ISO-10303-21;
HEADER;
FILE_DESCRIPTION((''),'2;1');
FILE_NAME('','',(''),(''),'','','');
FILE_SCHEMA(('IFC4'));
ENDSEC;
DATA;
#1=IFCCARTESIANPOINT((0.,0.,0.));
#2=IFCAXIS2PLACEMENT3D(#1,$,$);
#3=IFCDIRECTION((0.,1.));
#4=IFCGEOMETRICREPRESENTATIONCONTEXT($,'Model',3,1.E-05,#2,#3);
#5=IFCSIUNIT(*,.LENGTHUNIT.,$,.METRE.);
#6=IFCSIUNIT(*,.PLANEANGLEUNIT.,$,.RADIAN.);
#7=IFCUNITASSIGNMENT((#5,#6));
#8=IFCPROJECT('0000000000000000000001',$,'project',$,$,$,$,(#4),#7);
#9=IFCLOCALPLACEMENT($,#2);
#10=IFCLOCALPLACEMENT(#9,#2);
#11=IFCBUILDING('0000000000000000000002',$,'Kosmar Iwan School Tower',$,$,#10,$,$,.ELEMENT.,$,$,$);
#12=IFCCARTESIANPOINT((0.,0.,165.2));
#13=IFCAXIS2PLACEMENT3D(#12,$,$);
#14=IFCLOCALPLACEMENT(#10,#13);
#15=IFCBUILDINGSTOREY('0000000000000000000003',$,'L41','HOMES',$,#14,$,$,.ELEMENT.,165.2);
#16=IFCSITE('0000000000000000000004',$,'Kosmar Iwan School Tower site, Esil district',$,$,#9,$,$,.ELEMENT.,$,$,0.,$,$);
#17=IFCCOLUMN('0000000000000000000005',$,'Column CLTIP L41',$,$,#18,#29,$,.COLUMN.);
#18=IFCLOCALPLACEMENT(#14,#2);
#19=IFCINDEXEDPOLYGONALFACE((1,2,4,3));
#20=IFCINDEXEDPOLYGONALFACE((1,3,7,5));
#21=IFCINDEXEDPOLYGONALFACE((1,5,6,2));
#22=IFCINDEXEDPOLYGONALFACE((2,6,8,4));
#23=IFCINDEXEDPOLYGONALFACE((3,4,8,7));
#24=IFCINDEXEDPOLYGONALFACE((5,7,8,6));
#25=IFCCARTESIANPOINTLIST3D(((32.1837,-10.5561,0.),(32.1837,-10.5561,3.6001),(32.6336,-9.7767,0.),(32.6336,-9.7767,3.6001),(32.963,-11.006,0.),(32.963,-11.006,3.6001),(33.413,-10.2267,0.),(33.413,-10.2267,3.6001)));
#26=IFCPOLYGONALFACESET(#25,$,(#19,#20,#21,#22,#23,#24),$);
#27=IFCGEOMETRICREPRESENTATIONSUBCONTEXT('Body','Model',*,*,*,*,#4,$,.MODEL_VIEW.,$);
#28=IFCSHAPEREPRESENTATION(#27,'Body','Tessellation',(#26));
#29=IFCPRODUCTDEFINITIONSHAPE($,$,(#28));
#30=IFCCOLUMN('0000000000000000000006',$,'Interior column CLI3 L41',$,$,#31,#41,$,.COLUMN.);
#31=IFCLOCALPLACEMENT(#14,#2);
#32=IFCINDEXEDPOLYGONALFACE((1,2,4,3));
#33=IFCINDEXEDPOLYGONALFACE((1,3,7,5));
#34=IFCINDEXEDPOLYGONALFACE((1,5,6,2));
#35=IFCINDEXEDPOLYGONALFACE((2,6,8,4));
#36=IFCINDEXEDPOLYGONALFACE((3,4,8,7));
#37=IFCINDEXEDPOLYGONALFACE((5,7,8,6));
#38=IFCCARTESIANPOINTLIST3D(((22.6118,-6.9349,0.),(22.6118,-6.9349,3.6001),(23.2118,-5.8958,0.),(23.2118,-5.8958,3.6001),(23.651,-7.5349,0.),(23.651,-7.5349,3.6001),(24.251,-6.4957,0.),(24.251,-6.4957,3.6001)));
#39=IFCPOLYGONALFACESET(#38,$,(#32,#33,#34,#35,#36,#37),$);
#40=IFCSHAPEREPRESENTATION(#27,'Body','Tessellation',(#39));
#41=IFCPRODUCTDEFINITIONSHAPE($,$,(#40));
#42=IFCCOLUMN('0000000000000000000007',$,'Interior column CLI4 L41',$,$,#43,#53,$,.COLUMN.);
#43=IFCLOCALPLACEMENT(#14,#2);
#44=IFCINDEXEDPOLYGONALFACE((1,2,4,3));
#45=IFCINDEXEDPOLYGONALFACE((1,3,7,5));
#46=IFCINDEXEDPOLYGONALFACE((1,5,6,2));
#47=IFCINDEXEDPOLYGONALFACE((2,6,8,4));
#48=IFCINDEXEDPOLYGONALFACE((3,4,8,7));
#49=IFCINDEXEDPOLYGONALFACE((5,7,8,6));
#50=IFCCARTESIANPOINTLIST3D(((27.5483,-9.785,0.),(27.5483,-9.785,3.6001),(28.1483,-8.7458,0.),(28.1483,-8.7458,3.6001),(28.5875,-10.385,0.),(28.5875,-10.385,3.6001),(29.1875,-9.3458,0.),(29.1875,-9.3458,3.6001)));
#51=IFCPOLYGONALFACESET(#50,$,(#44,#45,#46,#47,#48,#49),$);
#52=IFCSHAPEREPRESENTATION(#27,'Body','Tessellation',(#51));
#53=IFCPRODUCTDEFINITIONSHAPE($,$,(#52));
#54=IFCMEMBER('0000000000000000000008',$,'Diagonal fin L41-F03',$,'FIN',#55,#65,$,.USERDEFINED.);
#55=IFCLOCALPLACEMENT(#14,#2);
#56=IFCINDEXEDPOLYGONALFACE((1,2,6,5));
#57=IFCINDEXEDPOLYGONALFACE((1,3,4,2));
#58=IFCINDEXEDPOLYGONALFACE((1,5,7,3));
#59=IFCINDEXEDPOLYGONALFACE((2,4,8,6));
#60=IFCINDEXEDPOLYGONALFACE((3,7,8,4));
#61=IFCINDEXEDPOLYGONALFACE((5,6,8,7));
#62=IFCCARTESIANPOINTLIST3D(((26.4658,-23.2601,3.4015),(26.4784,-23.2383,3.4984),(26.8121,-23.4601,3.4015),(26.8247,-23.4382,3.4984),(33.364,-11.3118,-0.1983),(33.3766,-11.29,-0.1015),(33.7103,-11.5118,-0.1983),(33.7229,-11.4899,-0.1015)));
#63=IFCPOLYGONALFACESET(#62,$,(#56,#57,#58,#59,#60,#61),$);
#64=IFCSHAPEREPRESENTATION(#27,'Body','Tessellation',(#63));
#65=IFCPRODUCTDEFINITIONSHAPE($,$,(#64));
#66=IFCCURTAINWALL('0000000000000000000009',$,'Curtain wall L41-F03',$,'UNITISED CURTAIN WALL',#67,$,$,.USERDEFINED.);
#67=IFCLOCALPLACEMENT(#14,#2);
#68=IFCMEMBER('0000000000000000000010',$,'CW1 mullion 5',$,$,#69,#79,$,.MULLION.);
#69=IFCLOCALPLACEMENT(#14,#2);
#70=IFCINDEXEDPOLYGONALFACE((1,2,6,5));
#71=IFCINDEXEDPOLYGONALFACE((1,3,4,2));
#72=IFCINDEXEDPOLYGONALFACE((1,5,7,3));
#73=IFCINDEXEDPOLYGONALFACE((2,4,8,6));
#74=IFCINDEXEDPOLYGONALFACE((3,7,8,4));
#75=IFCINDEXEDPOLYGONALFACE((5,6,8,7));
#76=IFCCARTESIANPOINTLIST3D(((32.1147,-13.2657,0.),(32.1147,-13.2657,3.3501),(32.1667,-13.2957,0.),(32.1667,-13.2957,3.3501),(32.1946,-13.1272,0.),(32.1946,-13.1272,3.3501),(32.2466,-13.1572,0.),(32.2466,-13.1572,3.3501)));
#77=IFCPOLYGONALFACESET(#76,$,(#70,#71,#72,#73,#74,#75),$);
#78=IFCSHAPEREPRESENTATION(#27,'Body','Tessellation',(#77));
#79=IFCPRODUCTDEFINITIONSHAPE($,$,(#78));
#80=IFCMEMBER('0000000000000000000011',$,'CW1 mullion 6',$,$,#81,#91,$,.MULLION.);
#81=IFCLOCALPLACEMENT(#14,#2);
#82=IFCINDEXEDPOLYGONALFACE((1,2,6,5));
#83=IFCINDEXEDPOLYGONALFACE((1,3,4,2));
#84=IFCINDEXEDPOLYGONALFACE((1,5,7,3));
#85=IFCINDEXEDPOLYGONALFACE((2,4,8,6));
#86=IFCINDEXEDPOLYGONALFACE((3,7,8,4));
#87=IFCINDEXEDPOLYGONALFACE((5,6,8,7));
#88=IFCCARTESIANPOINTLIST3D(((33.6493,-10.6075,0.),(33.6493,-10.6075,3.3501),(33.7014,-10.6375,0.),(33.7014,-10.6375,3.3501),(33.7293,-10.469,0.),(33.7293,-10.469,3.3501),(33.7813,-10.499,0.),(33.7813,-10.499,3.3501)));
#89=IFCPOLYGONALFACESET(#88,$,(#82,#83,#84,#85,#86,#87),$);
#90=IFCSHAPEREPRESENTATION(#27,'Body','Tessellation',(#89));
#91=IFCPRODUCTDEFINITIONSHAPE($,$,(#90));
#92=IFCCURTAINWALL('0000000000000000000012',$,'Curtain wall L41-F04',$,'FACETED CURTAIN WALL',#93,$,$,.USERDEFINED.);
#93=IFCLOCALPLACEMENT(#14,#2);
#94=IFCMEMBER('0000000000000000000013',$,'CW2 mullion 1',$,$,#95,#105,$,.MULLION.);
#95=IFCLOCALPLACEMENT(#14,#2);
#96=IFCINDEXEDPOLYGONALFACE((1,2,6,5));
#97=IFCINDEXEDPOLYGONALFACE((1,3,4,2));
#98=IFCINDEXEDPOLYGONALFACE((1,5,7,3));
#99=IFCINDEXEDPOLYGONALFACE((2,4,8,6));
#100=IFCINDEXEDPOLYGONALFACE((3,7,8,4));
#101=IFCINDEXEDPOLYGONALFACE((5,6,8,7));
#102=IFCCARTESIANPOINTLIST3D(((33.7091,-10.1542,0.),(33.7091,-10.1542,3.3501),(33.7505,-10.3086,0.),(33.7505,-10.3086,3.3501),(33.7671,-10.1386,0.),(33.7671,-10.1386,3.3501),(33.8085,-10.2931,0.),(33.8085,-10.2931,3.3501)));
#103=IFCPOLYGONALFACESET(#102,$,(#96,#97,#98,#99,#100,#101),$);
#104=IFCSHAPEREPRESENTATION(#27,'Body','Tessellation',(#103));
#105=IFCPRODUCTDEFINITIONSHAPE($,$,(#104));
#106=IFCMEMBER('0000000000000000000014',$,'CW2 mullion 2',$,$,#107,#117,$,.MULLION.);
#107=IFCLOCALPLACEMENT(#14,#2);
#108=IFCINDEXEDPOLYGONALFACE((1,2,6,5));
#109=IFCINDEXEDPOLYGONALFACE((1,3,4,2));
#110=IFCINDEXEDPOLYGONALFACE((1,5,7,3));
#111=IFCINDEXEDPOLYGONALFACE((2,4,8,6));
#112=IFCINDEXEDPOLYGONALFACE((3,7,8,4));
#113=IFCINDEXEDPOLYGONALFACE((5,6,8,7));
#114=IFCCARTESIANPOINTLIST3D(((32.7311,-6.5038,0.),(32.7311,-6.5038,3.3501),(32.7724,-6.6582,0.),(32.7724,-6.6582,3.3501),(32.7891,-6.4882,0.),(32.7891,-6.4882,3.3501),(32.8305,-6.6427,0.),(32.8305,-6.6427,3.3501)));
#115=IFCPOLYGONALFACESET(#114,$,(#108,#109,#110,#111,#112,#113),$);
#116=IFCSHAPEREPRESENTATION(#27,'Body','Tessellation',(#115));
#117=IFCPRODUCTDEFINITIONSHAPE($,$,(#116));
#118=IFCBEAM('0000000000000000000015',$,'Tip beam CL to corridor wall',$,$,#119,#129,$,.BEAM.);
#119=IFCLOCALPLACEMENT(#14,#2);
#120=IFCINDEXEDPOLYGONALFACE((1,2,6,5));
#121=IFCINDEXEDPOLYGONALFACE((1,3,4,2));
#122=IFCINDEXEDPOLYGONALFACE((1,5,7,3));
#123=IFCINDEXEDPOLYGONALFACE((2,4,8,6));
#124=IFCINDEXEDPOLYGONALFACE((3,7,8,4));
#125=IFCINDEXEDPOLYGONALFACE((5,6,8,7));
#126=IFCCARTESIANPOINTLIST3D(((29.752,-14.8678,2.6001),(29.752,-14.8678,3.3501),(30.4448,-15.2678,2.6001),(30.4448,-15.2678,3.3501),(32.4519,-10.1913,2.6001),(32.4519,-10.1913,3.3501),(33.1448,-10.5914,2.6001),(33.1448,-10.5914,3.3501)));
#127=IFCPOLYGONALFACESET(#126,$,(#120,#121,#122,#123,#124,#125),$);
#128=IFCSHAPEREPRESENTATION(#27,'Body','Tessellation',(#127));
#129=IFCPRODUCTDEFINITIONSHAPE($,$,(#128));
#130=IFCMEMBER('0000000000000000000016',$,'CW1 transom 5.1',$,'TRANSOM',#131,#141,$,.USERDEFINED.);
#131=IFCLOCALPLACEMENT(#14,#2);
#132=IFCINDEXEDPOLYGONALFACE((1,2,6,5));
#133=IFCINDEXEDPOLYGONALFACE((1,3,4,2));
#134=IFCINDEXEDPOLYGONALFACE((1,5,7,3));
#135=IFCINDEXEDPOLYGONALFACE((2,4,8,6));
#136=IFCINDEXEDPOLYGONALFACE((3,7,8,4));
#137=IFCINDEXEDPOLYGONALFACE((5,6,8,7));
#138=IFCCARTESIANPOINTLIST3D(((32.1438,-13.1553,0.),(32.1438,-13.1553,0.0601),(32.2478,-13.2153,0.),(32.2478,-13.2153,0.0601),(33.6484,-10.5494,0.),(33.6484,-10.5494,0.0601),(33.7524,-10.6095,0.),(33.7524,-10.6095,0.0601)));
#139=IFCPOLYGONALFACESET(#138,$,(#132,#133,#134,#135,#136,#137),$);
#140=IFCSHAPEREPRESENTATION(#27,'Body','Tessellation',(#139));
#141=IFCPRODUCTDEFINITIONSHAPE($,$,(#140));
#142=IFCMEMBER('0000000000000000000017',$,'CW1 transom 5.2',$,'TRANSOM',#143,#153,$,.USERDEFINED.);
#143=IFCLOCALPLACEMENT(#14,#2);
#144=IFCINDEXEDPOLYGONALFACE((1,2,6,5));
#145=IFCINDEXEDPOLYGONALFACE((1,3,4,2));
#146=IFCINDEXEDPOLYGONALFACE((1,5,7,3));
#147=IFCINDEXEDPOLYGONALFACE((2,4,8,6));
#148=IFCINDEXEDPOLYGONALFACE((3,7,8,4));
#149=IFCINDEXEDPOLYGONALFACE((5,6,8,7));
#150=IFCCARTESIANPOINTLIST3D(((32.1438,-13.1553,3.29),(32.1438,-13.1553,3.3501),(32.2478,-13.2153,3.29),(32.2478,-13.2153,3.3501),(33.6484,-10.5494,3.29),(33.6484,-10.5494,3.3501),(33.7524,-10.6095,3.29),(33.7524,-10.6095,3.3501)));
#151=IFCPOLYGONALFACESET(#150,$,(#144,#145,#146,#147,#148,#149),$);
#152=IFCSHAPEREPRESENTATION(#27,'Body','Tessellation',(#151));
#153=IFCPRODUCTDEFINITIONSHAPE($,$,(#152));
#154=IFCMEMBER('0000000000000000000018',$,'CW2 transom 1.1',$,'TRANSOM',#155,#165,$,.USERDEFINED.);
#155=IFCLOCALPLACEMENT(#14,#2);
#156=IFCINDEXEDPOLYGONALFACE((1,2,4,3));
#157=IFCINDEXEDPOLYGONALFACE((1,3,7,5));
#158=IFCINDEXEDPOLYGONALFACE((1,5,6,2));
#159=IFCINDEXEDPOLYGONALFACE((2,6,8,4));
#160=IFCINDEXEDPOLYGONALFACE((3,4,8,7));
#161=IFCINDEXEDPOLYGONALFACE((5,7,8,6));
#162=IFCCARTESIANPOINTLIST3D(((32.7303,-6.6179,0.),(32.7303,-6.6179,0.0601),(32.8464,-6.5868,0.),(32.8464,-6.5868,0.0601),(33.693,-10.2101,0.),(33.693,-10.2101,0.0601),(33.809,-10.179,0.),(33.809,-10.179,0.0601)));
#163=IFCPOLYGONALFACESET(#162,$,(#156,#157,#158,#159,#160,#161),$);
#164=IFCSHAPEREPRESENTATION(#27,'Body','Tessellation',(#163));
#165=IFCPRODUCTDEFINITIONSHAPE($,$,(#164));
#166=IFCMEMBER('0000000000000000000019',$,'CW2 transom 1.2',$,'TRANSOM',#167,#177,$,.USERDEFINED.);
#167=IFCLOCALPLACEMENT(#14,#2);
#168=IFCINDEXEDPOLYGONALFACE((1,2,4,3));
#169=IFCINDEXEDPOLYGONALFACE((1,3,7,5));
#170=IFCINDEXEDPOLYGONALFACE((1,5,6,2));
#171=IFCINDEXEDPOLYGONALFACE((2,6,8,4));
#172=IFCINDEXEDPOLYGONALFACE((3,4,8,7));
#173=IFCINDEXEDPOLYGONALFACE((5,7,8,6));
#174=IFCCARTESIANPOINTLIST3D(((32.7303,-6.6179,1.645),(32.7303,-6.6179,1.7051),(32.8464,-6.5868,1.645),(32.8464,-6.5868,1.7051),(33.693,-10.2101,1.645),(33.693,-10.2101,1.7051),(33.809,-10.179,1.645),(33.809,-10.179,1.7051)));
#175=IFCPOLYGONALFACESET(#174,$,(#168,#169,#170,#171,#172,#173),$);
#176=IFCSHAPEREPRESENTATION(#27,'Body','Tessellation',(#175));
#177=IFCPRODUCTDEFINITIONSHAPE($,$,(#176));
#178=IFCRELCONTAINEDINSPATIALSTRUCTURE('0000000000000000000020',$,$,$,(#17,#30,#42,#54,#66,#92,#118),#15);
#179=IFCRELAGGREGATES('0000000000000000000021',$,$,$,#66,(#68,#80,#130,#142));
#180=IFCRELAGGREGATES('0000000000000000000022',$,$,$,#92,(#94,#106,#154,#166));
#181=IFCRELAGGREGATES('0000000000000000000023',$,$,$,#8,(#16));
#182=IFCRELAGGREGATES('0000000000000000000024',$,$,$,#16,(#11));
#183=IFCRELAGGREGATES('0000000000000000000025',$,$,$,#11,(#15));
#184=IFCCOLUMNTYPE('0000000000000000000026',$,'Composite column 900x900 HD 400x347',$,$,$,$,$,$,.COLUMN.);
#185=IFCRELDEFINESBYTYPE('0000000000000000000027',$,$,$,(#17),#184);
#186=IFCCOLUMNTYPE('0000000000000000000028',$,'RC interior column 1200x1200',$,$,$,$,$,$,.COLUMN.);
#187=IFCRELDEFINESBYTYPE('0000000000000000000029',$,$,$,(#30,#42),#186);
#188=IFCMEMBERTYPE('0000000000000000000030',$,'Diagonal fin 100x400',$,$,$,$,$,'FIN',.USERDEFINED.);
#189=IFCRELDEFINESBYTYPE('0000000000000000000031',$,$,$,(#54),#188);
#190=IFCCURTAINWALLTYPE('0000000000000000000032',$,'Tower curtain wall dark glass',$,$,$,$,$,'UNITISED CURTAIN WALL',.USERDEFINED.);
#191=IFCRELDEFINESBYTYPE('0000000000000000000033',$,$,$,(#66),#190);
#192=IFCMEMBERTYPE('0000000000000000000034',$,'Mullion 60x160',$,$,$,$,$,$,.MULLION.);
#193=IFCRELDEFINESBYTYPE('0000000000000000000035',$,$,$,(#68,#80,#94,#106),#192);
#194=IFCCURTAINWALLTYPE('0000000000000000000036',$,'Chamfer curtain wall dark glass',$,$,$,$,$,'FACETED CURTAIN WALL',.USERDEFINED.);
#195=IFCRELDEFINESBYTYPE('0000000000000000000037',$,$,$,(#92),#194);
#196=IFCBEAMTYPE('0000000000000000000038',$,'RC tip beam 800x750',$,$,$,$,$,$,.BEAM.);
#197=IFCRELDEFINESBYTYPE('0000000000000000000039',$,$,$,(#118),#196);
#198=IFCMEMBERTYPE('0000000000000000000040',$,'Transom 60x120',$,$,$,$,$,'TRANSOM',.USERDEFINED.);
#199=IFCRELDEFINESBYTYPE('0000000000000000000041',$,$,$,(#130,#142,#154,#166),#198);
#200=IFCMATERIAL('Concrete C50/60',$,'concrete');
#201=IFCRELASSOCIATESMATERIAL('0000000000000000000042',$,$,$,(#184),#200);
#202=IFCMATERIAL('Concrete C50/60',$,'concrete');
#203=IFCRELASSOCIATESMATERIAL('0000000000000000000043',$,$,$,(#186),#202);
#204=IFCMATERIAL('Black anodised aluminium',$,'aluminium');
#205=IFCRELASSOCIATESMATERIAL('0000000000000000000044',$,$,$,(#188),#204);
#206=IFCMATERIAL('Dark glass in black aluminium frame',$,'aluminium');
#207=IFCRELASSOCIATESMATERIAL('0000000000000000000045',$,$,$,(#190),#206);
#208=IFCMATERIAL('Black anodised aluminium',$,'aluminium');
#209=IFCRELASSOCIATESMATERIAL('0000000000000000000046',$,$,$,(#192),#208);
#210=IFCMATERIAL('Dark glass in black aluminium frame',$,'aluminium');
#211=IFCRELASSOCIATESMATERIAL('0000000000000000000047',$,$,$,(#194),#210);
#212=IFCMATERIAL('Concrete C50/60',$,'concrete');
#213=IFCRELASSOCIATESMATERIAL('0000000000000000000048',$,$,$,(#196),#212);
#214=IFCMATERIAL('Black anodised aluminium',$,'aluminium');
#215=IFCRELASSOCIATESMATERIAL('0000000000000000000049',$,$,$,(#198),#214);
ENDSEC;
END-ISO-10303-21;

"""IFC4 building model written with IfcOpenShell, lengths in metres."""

from ifc_helpers import new_model, si_unit, direction, frame, origin, origin_2d, place, context, subcontext, project, spatial, rectangle, extrude, material, material_profile, profile_set, type_object, element, aggregate, save


model = new_model("IFC4")

# Units and contexts
model_context = context("Model", 3, precision=1e-05, world=origin(), true_north=direction((0.0, 1.0)))
body_context = subcontext(model_context, "Body", "Model", "MODEL_VIEW")
ifc_project = project(units=[si_unit("LENGTHUNIT", "METRE"), si_unit("PLANEANGLEUNIT", "RADIAN")], contexts=[model_context])

# Site, building, storey
site_placement = place(None, origin())
site = spatial("IfcSite", under=ifc_project, at=site_placement, Name="Kosmar Iwan School Tower site, Esil district", CompositionType="ELEMENT", RefElevation=0.0)
building_placement = place(site_placement, origin())
building = spatial("IfcBuilding", under=site, at=building_placement, Name="Kosmar Iwan School Tower", CompositionType="ELEMENT")
storey_placement = place(building_placement, frame((0.0, 0.0, 165.2)))
storey = spatial("IfcBuildingStorey", under=building, at=storey_placement, Name="L41", Description="HOMES", CompositionType="ELEMENT", Elevation=165.2)

# Columns
ifc_material_1 = material(Name="Concrete C50/60", Category="concrete")
ifc_material_profile_1 = material_profile(ifc_material_1, rectangle(XDim=0.8999, YDim=0.8999, at=origin_2d()), Name="RC 900x900 + HD 400x347")
ifc_profile_set_1 = profile_set([ifc_material_profile_1], Name="Concrete C50/60")
column_type_1 = type_object("IfcColumnType", Name="Composite column 900x900 HD 400x347", PredefinedType="COLUMN", material=ifc_profile_set_1)
column_placement = place(storey_placement, frame((32.7983, -10.3914, 0.0), z_axis=(0.0, 0.0, 1.0), x_axis=(0.866025, -0.5, 0.0)))
element("IfcColumn", 1, at=column_placement, inside=storey, type_object=column_type_1, Name="Column CLTIP L41", PredefinedType="COLUMN", context=body_context, shape_type="SweptSolid", body=[
    extrude(rectangle(XDim=0.8999, YDim=0.8999, at=origin_2d()), origin(), (0.0, 0.0, 1.0), 3.6001),
])
ifc_material_2 = material(Name="Concrete C50/60", Category="concrete")
ifc_material_profile_2 = material_profile(ifc_material_2, rectangle(XDim=1.2, YDim=1.2, at=origin_2d()), Name="RC 1200x1200")
ifc_profile_set_2 = profile_set([ifc_material_profile_2], Name="Concrete C50/60")
column_type_2 = type_object("IfcColumnType", Name="RC interior column 1200x1200", PredefinedType="COLUMN", material=ifc_profile_set_2)
for number, where, z_axis, x_axis, name in (
    (2, (23.4314, -6.7153, 0.0), (0.0, 0.0, 1.0), (0.866025, -0.5, 0.0), "Interior column CLI3 L41"),
    (3, (28.3679, -9.5654, 0.0), (0.0, 0.0, 1.0), (0.866025, -0.5, 0.0), "Interior column CLI4 L41"),
):
    element("IfcColumn", number, at=place(storey_placement, frame(where, z_axis=z_axis, x_axis=x_axis)), inside=storey, type_object=column_type_2, Name=name, PredefinedType="COLUMN", context=body_context, shape_type="SweptSolid", body=[
        extrude(rectangle(XDim=1.2, YDim=1.2, at=origin_2d()), origin(), (0.0, 0.0, 1.0), 3.6001),
    ])

# Member
ifc_material_3 = material(Name="Black anodised aluminium", Category="aluminium")
ifc_material_profile_3 = material_profile(ifc_material_3, rectangle(XDim=0.1001, YDim=0.3999, at=origin_2d()), Name="FIN 100x400")
ifc_profile_set_3 = profile_set([ifc_material_profile_3], Name="Black anodised aluminium")
member_type_1 = type_object("IfcMemberType", Name="Diagonal fin 100x400", ElementType="FIN", PredefinedType="USERDEFINED", material=ifc_profile_set_3)
member_1_placement = place(storey_placement, frame((33.5435, -11.4009, -0.1499), z_axis=(-0.483796, -0.837974, 0.252471), x_axis=(0.126234, 0.218647, 0.967604)))
element("IfcMember", 4, at=member_1_placement, inside=storey, type_object=member_type_1, Name="Diagonal fin L41-F03", ObjectType="FIN", PredefinedType="USERDEFINED", context=body_context, shape_type="SweptSolid", body=[
    extrude(rectangle(XDim=0.1001, YDim=0.3999, at=origin_2d()), origin(), (0.0, 0.0, 1.0), 14.2585),
])

# Curtain walls, members
ifc_material_4 = material(Name="Dark glass in black aluminium frame", Category="aluminium")
curtain_wall_type_1 = type_object("IfcCurtainWallType", Name="Tower curtain wall dark glass", ElementType="UNITISED CURTAIN WALL", PredefinedType="USERDEFINED", material=ifc_material_4)
curtain_wall_1_placement = place(storey_placement, origin())
curtain_wall_1 = element("IfcCurtainWall", 5, at=curtain_wall_1_placement, inside=storey, type_object=curtain_wall_type_1, Name="Curtain wall L41-F03", ObjectType="UNITISED CURTAIN WALL", PredefinedType="USERDEFINED")
ifc_material_5 = material(Name="Black anodised aluminium", Category="aluminium")
ifc_material_profile_4 = material_profile(ifc_material_5, rectangle(XDim=0.0601, YDim=0.1599, at=origin_2d()), Name="MULLION 60x160")
ifc_profile_set_4 = profile_set([ifc_material_profile_4], Name="Black anodised aluminium")
member_type_2 = type_object("IfcMemberType", Name="Mullion 60x160", PredefinedType="MULLION", material=ifc_profile_set_4)
member_2_placement = place(storey_placement, frame((32.1807, -13.2114, 0.0), z_axis=(0.0, 0.0, 1.0), x_axis=(-0.866025, 0.5, 0.0)))
member_2 = element("IfcMember", 6, at=member_2_placement, type_object=member_type_2, Name="CW1 mullion 5", PredefinedType="MULLION", context=body_context, shape_type="SweptSolid", body=[
    extrude(rectangle(XDim=0.0601, YDim=0.1599, at=origin_2d()), origin(), (0.0, 0.0, 1.0), 3.3501),
])
member_3_placement = place(storey_placement, frame((33.7153, -10.5532, 0.0), z_axis=(0.0, 0.0, 1.0), x_axis=(-0.866025, 0.5, 0.0)))
member_3 = element("IfcMember", 7, at=member_3_placement, type_object=member_type_2, Name="CW1 mullion 6", PredefinedType="MULLION", context=body_context, shape_type="SweptSolid", body=[
    extrude(rectangle(XDim=0.0601, YDim=0.1599, at=origin_2d()), origin(), (0.0, 0.0, 1.0), 3.3501),
])
ifc_material_6 = material(Name="Dark glass in black aluminium frame", Category="aluminium")
curtain_wall_type_2 = type_object("IfcCurtainWallType", Name="Chamfer curtain wall dark glass", ElementType="FACETED CURTAIN WALL", PredefinedType="USERDEFINED", material=ifc_material_6)
curtain_wall_2_placement = place(storey_placement, origin())
curtain_wall_2 = element("IfcCurtainWall", 8, at=curtain_wall_2_placement, inside=storey, type_object=curtain_wall_type_2, Name="Curtain wall L41-F04", ObjectType="FACETED CURTAIN WALL", PredefinedType="USERDEFINED")
member_4_placement = place(storey_placement, frame((33.7588, -10.2236, 0.0), z_axis=(0.0, 0.0, 1.0), x_axis=(-0.965926, -0.258819, 0.0)))
member_4 = element("IfcMember", 9, at=member_4_placement, type_object=member_type_2, Name="CW2 mullion 1", PredefinedType="MULLION", context=body_context, shape_type="SweptSolid", body=[
    extrude(rectangle(XDim=0.0601, YDim=0.1599, at=origin_2d()), origin(), (0.0, 0.0, 1.0), 3.3501),
])
member_5_placement = place(storey_placement, frame((32.7808, -6.5732, 0.0), z_axis=(0.0, 0.0, 1.0), x_axis=(-0.965926, -0.258819, 0.0)))
member_5 = element("IfcMember", 10, at=member_5_placement, type_object=member_type_2, Name="CW2 mullion 2", PredefinedType="MULLION", context=body_context, shape_type="SweptSolid", body=[
    extrude(rectangle(XDim=0.0601, YDim=0.1599, at=origin_2d()), origin(), (0.0, 0.0, 1.0), 3.3501),
])

# Beam
ifc_material_7 = material(Name="Concrete C50/60", Category="concrete")
ifc_material_profile_5 = material_profile(ifc_material_7, rectangle(XDim=0.8, YDim=0.75, at=origin_2d()), Name="RC 800x750")
ifc_profile_set_5 = profile_set([ifc_material_profile_5], Name="Concrete C50/60")
beam_type = type_object("IfcBeamType", Name="RC tip beam 800x750", PredefinedType="BEAM", material=ifc_profile_set_5)
beam_placement = place(storey_placement, frame((32.7983, -10.3914, 2.9751), z_axis=(-0.499995, -0.866028, 0.0), x_axis=(0.866028, -0.499995, 0.0)))
element("IfcBeam", 11, at=beam_placement, inside=storey, type_object=beam_type, Name="Tip beam CL to corridor wall", PredefinedType="BEAM", context=body_context, shape_type="SweptSolid", body=[
    extrude(rectangle(XDim=0.8, YDim=0.75, at=origin_2d()), origin(), (0.0, 0.0, 1.0), 5.3999),
])

# Members
ifc_material_8 = material(Name="Black anodised aluminium", Category="aluminium")
ifc_material_profile_6 = material_profile(ifc_material_8, rectangle(XDim=0.1201, YDim=0.0601, at=origin_2d()), Name="TRANSOM 60x120")
ifc_profile_set_6 = profile_set([ifc_material_profile_6], Name="Black anodised aluminium")
member_type_3 = type_object("IfcMemberType", Name="Transom 60x120", ElementType="TRANSOM", PredefinedType="USERDEFINED", material=ifc_profile_set_6)
member_6_placement = place(storey_placement, frame((32.1958, -13.1853, 0.03), z_axis=(0.500022, 0.866013, 0.0), x_axis=(-0.866013, 0.500022, 0.0)))
member_6 = element("IfcMember", 12, at=member_6_placement, type_object=member_type_3, Name="CW1 transom 5.1", ObjectType="TRANSOM", PredefinedType="USERDEFINED", context=body_context, shape_type="SweptSolid", body=[
    extrude(rectangle(XDim=0.1201, YDim=0.0601, at=origin_2d()), origin(), (0.0, 0.0, 1.0), 3.009),
])
member_7_placement = place(storey_placement, frame((32.1958, -13.1853, 3.3201), z_axis=(0.500022, 0.866013, 0.0), x_axis=(-0.866013, 0.500022, 0.0)))
member_7 = element("IfcMember", 13, at=member_7_placement, type_object=member_type_3, Name="CW1 transom 5.2", ObjectType="TRANSOM", PredefinedType="USERDEFINED", context=body_context, shape_type="SweptSolid", body=[
    extrude(rectangle(XDim=0.1201, YDim=0.0601, at=origin_2d()), origin(), (0.0, 0.0, 1.0), 3.009),
])
member_8_placement = place(storey_placement, frame((33.751, -10.1946, 0.03), z_axis=(-0.258843, 0.965919, 0.0), x_axis=(-0.965919, -0.258843, 0.0)))
member_8 = element("IfcMember", 14, at=member_8_placement, type_object=member_type_3, Name="CW2 transom 1.1", ObjectType="TRANSOM", PredefinedType="USERDEFINED", context=body_context, shape_type="SweptSolid", body=[
    extrude(rectangle(XDim=0.1201, YDim=0.0601, at=origin_2d()), origin(), (0.0, 0.0, 1.0), 3.719),
])
member_9_placement = place(storey_placement, frame((33.751, -10.1946, 1.675), z_axis=(-0.258843, 0.965919, 0.0), x_axis=(-0.965919, -0.258843, 0.0)))
member_9 = element("IfcMember", 15, at=member_9_placement, type_object=member_type_3, Name="CW2 transom 1.2", ObjectType="TRANSOM", PredefinedType="USERDEFINED", context=body_context, shape_type="SweptSolid", body=[
    extrude(rectangle(XDim=0.1201, YDim=0.0601, at=origin_2d()), origin(), (0.0, 0.0, 1.0), 3.719),
])

aggregate(curtain_wall_1, [member_2, member_3, member_6, member_7])
aggregate(curtain_wall_2, [member_4, member_5, member_8, member_9])

save(model, "model.ifc")
